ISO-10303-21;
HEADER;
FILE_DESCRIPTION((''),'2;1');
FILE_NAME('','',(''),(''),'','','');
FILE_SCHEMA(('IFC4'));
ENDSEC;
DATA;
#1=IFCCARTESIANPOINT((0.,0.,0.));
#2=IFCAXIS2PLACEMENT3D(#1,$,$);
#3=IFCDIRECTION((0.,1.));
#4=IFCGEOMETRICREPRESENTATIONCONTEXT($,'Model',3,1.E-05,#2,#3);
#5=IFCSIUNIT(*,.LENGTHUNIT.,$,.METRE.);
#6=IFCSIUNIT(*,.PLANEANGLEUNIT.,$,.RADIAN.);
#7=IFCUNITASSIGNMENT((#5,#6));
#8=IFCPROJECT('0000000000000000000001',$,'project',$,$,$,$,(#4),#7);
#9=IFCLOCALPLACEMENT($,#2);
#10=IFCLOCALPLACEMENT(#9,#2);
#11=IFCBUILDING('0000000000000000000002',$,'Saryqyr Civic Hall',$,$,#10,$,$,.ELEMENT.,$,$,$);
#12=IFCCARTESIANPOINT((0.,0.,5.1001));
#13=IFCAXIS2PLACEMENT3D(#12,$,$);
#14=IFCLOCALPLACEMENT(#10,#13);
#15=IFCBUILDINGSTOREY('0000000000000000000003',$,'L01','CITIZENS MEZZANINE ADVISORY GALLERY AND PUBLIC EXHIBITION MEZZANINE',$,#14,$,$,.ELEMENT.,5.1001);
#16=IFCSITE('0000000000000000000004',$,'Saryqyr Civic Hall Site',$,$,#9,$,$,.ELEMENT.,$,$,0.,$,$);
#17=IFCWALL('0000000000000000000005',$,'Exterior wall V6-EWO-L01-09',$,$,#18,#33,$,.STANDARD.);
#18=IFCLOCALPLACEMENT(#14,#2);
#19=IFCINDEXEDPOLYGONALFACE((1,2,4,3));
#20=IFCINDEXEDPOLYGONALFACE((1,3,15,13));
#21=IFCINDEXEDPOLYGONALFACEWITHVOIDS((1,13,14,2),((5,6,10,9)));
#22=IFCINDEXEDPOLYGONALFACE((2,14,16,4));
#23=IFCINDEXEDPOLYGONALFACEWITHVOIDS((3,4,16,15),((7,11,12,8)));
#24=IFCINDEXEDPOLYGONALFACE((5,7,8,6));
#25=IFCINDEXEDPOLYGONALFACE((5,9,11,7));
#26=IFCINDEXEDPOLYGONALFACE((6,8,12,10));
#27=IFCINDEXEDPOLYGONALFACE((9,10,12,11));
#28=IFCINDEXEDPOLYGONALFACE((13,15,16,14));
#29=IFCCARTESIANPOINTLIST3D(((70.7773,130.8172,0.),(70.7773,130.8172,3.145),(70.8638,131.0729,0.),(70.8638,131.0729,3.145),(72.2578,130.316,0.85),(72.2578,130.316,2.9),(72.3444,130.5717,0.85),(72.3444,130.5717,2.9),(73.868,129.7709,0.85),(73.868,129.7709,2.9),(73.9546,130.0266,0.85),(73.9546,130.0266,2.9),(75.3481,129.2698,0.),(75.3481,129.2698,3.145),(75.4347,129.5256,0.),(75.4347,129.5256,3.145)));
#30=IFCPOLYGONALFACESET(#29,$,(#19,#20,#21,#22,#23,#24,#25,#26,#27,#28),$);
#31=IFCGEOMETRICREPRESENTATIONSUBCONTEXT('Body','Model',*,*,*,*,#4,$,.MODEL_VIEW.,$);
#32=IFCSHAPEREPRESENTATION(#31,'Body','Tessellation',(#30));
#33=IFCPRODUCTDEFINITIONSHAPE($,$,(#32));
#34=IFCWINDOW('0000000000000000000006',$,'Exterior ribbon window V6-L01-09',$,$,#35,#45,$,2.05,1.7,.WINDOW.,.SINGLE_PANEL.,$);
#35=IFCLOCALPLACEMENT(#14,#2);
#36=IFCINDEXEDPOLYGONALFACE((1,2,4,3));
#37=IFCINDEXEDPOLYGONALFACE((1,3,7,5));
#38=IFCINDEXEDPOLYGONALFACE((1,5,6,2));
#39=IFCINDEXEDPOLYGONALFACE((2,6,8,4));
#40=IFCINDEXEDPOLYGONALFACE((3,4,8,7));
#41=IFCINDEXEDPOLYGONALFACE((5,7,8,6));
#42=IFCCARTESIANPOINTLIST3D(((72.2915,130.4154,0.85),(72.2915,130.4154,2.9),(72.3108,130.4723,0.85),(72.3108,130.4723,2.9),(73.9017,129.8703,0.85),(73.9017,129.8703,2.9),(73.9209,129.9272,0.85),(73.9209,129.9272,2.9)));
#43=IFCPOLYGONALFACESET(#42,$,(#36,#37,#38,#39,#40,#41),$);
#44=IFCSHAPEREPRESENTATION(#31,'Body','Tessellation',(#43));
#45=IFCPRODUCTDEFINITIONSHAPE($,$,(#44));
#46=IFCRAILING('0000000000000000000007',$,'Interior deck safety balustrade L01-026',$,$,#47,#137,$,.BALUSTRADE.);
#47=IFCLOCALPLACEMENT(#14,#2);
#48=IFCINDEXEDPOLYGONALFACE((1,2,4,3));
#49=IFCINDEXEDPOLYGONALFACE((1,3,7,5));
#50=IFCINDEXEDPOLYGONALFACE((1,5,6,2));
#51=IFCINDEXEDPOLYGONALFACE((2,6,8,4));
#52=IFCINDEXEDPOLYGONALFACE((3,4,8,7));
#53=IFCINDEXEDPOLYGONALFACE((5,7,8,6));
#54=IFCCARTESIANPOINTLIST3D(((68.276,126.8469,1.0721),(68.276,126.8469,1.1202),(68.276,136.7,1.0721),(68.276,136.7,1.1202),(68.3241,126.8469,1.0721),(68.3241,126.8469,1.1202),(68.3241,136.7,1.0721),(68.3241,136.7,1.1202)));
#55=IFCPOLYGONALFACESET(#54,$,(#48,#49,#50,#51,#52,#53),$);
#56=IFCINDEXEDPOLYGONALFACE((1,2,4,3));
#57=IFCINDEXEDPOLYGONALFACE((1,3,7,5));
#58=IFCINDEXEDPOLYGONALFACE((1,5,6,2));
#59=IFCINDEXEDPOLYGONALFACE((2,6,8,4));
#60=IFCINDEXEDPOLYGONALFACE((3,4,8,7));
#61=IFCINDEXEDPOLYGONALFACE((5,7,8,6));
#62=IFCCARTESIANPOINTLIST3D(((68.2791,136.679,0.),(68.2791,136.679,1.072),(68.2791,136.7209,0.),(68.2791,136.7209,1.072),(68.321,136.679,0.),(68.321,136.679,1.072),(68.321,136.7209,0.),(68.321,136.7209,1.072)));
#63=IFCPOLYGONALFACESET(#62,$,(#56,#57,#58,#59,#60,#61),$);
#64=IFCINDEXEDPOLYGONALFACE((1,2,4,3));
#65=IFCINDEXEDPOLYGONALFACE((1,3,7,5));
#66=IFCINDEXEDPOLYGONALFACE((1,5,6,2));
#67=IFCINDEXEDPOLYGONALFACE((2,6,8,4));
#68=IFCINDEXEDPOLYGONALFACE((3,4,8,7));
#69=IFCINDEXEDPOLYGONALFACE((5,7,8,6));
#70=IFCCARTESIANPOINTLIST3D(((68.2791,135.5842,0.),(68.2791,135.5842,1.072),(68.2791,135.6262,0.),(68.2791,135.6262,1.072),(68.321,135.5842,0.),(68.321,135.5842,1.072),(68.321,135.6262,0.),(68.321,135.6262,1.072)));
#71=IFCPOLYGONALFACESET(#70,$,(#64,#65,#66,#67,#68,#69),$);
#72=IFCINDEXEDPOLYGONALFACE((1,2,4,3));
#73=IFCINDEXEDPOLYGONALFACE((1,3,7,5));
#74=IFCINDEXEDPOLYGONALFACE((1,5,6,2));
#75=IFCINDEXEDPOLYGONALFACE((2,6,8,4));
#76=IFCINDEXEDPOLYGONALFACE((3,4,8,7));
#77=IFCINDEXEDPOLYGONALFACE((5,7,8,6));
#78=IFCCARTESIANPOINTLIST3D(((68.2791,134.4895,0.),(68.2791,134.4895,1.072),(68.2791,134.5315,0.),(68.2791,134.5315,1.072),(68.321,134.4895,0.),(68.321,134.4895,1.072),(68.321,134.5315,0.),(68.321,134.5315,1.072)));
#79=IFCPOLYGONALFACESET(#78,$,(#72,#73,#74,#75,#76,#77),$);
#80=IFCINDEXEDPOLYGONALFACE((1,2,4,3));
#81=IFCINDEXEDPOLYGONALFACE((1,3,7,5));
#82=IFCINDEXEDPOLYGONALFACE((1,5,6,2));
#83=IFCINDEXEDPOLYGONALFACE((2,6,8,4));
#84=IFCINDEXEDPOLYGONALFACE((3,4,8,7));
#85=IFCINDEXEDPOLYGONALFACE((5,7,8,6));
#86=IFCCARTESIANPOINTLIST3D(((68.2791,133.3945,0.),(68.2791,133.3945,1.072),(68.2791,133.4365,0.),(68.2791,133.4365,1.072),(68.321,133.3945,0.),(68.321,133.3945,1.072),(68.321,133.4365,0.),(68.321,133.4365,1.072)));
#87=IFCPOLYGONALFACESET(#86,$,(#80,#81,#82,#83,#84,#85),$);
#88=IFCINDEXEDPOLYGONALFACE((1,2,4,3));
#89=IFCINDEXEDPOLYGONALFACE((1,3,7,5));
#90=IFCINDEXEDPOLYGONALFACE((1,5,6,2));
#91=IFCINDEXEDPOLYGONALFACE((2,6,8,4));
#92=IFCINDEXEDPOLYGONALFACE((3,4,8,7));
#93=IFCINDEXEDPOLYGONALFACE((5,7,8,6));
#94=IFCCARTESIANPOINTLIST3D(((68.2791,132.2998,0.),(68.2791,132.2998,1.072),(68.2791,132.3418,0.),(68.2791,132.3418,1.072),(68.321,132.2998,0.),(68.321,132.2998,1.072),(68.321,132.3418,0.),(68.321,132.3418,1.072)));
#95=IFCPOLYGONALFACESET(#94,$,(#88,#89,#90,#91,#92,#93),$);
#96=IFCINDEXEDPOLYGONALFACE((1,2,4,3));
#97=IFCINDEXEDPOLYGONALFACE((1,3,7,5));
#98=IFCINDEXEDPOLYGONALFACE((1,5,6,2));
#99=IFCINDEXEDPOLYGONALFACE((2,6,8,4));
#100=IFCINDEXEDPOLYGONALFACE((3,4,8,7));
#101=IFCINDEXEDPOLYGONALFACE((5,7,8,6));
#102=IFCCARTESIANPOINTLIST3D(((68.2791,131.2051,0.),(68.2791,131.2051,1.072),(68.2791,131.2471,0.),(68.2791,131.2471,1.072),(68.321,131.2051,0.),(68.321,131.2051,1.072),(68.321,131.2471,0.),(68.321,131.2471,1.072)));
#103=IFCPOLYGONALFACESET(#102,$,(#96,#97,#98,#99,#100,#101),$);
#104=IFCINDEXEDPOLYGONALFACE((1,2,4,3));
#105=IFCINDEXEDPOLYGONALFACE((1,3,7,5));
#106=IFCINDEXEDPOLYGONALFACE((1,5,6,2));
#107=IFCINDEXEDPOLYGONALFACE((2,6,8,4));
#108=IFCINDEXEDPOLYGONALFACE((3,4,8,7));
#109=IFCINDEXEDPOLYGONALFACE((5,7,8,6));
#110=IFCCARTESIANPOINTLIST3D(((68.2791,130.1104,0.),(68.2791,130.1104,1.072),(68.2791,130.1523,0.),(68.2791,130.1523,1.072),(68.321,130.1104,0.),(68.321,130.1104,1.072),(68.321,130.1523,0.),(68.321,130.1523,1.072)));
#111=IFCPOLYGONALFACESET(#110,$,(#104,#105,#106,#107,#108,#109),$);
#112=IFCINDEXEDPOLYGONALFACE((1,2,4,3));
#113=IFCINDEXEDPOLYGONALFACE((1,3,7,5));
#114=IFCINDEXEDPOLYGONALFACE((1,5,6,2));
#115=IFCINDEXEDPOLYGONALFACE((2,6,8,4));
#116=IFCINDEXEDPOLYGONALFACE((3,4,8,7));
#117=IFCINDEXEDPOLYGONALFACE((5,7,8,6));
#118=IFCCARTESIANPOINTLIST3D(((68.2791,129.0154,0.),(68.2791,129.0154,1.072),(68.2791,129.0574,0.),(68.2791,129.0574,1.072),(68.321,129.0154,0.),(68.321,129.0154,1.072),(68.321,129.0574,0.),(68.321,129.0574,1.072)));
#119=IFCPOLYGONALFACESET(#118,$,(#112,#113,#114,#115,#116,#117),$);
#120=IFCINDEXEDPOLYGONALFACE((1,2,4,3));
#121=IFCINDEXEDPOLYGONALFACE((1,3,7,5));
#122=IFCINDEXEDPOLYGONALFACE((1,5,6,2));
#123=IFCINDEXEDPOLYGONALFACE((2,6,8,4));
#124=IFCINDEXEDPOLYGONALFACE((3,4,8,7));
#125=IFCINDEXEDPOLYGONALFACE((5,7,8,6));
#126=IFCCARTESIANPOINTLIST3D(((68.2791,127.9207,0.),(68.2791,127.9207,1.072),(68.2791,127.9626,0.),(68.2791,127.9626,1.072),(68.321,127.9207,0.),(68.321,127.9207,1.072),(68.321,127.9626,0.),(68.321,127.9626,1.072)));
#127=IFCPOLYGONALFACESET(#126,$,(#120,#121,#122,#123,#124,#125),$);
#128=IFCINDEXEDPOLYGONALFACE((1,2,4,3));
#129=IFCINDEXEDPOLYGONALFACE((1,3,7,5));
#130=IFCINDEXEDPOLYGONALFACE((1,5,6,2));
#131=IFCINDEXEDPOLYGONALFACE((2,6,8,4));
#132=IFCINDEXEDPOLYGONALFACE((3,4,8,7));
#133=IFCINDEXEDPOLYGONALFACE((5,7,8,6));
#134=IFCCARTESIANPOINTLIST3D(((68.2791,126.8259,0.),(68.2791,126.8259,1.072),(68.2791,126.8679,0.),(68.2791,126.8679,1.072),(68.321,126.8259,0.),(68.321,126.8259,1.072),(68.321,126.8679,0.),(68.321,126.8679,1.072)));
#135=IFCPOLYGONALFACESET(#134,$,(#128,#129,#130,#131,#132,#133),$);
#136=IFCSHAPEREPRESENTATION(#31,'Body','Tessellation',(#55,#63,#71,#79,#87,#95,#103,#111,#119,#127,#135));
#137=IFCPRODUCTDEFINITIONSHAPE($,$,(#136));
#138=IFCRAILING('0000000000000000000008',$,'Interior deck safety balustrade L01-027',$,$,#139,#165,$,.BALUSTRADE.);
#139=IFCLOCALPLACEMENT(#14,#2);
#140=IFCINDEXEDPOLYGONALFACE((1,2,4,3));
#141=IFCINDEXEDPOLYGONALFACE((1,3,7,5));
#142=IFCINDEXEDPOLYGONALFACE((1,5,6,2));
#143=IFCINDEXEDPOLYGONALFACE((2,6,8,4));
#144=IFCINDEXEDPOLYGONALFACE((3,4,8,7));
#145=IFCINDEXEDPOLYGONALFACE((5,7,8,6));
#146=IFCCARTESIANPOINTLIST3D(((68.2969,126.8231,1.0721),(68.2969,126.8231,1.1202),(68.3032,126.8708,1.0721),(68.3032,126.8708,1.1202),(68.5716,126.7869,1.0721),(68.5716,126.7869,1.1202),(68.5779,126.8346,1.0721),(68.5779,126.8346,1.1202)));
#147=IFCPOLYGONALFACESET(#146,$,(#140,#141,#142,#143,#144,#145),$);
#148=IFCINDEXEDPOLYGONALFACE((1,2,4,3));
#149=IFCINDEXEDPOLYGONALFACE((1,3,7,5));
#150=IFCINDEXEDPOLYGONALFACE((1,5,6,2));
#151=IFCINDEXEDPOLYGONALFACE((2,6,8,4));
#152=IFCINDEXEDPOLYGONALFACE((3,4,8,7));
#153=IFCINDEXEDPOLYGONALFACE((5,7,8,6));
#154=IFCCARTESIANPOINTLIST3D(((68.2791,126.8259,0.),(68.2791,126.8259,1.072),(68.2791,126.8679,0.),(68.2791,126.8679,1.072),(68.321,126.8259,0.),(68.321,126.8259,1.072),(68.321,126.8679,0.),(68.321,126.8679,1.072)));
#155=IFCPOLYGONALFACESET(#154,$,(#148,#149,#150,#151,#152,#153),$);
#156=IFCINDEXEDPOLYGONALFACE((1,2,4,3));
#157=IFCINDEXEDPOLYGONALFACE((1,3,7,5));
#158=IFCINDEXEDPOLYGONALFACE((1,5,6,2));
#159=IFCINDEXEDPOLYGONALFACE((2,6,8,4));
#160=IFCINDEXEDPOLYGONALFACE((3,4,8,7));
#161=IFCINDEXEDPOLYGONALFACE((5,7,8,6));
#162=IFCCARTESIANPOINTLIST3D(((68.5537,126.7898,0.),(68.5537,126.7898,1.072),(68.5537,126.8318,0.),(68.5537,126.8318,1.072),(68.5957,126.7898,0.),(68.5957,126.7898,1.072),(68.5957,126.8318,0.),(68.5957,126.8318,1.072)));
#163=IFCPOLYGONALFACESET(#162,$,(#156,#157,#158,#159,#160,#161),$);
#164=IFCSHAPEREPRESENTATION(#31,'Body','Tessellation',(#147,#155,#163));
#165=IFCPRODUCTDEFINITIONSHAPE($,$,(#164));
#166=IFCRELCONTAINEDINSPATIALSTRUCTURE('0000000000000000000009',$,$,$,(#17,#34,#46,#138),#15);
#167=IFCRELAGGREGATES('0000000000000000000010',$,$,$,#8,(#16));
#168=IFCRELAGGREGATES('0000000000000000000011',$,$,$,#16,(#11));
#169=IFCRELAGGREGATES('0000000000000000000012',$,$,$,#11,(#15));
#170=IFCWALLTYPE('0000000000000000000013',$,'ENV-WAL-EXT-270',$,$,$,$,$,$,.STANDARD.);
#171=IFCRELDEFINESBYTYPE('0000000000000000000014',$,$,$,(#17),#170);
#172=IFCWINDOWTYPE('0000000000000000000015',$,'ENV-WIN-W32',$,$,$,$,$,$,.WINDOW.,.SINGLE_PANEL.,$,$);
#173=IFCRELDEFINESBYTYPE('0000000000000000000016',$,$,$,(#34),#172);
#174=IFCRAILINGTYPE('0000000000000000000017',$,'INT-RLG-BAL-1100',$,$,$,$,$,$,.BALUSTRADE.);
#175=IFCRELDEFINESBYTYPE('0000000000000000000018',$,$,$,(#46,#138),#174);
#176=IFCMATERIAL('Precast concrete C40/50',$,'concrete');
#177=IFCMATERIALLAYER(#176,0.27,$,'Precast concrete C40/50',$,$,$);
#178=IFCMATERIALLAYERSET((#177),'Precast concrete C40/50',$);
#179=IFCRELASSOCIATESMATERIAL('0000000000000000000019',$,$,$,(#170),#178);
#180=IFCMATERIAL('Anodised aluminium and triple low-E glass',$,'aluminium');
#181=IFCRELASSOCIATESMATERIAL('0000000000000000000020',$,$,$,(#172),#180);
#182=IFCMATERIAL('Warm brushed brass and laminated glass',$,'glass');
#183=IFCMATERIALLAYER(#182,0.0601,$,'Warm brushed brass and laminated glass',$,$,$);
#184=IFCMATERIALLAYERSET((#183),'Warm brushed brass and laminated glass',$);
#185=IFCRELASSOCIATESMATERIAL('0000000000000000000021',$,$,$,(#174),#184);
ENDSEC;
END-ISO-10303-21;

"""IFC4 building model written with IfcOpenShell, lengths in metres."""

from ifc_helpers import new_model, si_unit, direction, frame, frame_2d, origin, origin_2d, place, context, subcontext, project, spatial, rectangle, extrude, material, layer, layer_set, type_object, element, fill, save


model = new_model("IFC4")

# Units and contexts
model_context = context("Model", 3, precision=1e-05, world=origin(), true_north=direction((0.0, 1.0)))
body_context = subcontext(model_context, "Body", "Model", "MODEL_VIEW")
ifc_project = project(units=[si_unit("LENGTHUNIT", "METRE"), si_unit("PLANEANGLEUNIT", "RADIAN")], contexts=[model_context])

# Site, building, storey
site_placement = place(None, origin())
site = spatial("IfcSite", under=ifc_project, at=site_placement, Name="Saryqyr Civic Hall Site", CompositionType="ELEMENT", RefElevation=0.0)
building_placement = place(site_placement, origin())
building = spatial("IfcBuilding", under=site, at=building_placement, Name="Saryqyr Civic Hall", CompositionType="ELEMENT")
storey_placement = place(building_placement, frame((0.0, 0.0, 5.1001)))
storey = spatial("IfcBuildingStorey", under=building, at=storey_placement, Name="L01", Description="CITIZENS MEZZANINE ADVISORY GALLERY AND PUBLIC EXHIBITION MEZZANINE", CompositionType="ELEMENT", Elevation=5.1001)

# Shared definitions
ifc_material_1 = material(Name="Anodised aluminium and triple low-E glass", Category="aluminium")

# Wall, opening, window
ifc_material_2 = material(Name="Precast concrete C40/50", Category="concrete")
ifc_layer_1 = layer(ifc_material_2, 0.27, Name="Precast concrete C40/50")
ifc_layer_set_1 = layer_set([ifc_layer_1], Name="Precast concrete C40/50")
wall_type = type_object("IfcWallType", Name="ENV-WAL-EXT-270", PredefinedType="STANDARD", material=ifc_layer_set_1)
wall_placement = place(storey_placement, frame((70.8206, 130.9451, 0.0), z_axis=(0.0, 0.0, 1.0), x_axis=(0.947196, -0.320656, 0.0)))
wall = element("IfcWall", 1, at=wall_placement, inside=storey, type_object=wall_type, Name="Exterior wall V6-EWO-L01-09", PredefinedType="STANDARD", context=body_context, shape_type="SweptSolid", body=[
    extrude(rectangle(XDim=4.8257, YDim=0.27, at=frame_2d((2.4128, 0.0))), origin(), (0.0, 0.0, 1.0), 3.145),
])
opening_placement = place(wall_placement, frame((1.563, 0.0, 0.8501)))
opening = element("IfcOpeningElement", 2, at=opening_placement, cuts=wall, PredefinedType="OPENING", context=body_context, shape_type="SweptSolid", body=[
    extrude(rectangle(XDim=1.7, YDim=2.05, at=frame_2d((0.8501, 1.0249))), frame((0.0, 0.145, 0.0), z_axis=(0.0, -1.0, 0.0), x_axis=(1.0, 0.0, 0.0)), (0.0, 0.0, 1.0), 0.29),
])
window_type = type_object("IfcWindowType", Name="ENV-WIN-W32", PartitioningType="SINGLE_PANEL", PredefinedType="WINDOW", material=ifc_material_1)
window_placement = place(opening_placement, origin())
window = element("IfcWindow", 3, at=window_placement, inside=storey, type_object=window_type, Name="Exterior ribbon window V6-L01-09", OverallHeight=2.05, OverallWidth=1.7, PartitioningType="SINGLE_PANEL", PredefinedType="WINDOW", context=body_context, shape_type="SweptSolid", body=[
    extrude(rectangle(XDim=1.7, YDim=2.05, at=frame_2d((0.8501, 1.0249))), frame((0.0, 0.03, 0.0), z_axis=(0.0, -1.0, 0.0), x_axis=(1.0, 0.0, 0.0)), (0.0, 0.0, 1.0), 0.0601),
])
fill(opening, window)

# Railings
ifc_material_3 = material(Name="Warm brushed brass and laminated glass", Category="glass")
ifc_layer_2 = layer(ifc_material_3, 0.0601, Name="Warm brushed brass and laminated glass")
ifc_layer_set_2 = layer_set([ifc_layer_2], Name="Warm brushed brass and laminated glass")
railing_type = type_object("IfcRailingType", Name="INT-RLG-BAL-1100", PredefinedType="BALUSTRADE", material=ifc_layer_set_2)
railing_1_placement = place(storey_placement, frame((68.3, 136.7, 0.0)))
element("IfcRailing", 4, at=railing_1_placement, inside=storey, type_object=railing_type, Name="Interior deck safety balustrade L01-026", PredefinedType="BALUSTRADE", context=body_context, shape_type="SweptSolid", body=[
    extrude(rectangle(XDim=0.0481, YDim=0.0481, at=origin_2d()), frame((0.0, 0.0, 1.0962), z_axis=(0.0, -1.0, 0.0), x_axis=(1.0, 0.0, 0.0)), (0.0, 0.0, 1.0), 9.853),
    extrude(rectangle(XDim=0.042, YDim=0.042, at=origin_2d()), origin(), (0.0, 0.0, 1.0), 1.072),
    extrude(rectangle(XDim=0.042, YDim=0.042, at=origin_2d()), frame((0.0, -1.0947, 0.0)), (0.0, 0.0, 1.0), 1.072),
    extrude(rectangle(XDim=0.042, YDim=0.042, at=origin_2d()), frame((0.0, -2.1895, 0.0)), (0.0, 0.0, 1.0), 1.072),
    extrude(rectangle(XDim=0.042, YDim=0.042, at=origin_2d()), frame((0.0, -3.2844, 0.0)), (0.0, 0.0, 1.0), 1.072),
    extrude(rectangle(XDim=0.042, YDim=0.042, at=origin_2d()), frame((0.0, -4.3792, 0.0)), (0.0, 0.0, 1.0), 1.072),
    extrude(rectangle(XDim=0.042, YDim=0.042, at=origin_2d()), frame((0.0, -5.4739, 0.0)), (0.0, 0.0, 1.0), 1.072),
    extrude(rectangle(XDim=0.042, YDim=0.042, at=origin_2d()), frame((0.0, -6.5686, 0.0)), (0.0, 0.0, 1.0), 1.072),
    extrude(rectangle(XDim=0.042, YDim=0.042, at=origin_2d()), frame((0.0, -7.6636, 0.0)), (0.0, 0.0, 1.0), 1.072),
    extrude(rectangle(XDim=0.042, YDim=0.042, at=origin_2d()), frame((0.0, -8.7583, 0.0)), (0.0, 0.0, 1.0), 1.072),
    extrude(rectangle(XDim=0.042, YDim=0.042, at=origin_2d()), frame((0.0, -9.853, 0.0)), (0.0, 0.0, 1.0), 1.072),
])
railing_2_placement = place(storey_placement, frame((68.3, 126.8469, 0.0)))
element("IfcRailing", 5, at=railing_2_placement, inside=storey, type_object=railing_type, Name="Interior deck safety balustrade L01-027", PredefinedType="BALUSTRADE", context=body_context, shape_type="SweptSolid", body=[
    extrude(rectangle(XDim=0.0481, YDim=0.0481, at=origin_2d()), frame((0.0, 0.0, 1.0962), z_axis=(0.991457, -0.130432, 0.0), x_axis=(0.130432, 0.991457, 0.0)), (0.0, 0.0, 1.0), 0.2771),
    extrude(rectangle(XDim=0.042, YDim=0.042, at=origin_2d()), origin(), (0.0, 0.0, 1.0), 1.072),
    extrude(rectangle(XDim=0.042, YDim=0.042, at=origin_2d()), frame((0.2747, -0.0361, 0.0)), (0.0, 0.0, 1.0), 1.072),
])

save(model, "model.ifc")
